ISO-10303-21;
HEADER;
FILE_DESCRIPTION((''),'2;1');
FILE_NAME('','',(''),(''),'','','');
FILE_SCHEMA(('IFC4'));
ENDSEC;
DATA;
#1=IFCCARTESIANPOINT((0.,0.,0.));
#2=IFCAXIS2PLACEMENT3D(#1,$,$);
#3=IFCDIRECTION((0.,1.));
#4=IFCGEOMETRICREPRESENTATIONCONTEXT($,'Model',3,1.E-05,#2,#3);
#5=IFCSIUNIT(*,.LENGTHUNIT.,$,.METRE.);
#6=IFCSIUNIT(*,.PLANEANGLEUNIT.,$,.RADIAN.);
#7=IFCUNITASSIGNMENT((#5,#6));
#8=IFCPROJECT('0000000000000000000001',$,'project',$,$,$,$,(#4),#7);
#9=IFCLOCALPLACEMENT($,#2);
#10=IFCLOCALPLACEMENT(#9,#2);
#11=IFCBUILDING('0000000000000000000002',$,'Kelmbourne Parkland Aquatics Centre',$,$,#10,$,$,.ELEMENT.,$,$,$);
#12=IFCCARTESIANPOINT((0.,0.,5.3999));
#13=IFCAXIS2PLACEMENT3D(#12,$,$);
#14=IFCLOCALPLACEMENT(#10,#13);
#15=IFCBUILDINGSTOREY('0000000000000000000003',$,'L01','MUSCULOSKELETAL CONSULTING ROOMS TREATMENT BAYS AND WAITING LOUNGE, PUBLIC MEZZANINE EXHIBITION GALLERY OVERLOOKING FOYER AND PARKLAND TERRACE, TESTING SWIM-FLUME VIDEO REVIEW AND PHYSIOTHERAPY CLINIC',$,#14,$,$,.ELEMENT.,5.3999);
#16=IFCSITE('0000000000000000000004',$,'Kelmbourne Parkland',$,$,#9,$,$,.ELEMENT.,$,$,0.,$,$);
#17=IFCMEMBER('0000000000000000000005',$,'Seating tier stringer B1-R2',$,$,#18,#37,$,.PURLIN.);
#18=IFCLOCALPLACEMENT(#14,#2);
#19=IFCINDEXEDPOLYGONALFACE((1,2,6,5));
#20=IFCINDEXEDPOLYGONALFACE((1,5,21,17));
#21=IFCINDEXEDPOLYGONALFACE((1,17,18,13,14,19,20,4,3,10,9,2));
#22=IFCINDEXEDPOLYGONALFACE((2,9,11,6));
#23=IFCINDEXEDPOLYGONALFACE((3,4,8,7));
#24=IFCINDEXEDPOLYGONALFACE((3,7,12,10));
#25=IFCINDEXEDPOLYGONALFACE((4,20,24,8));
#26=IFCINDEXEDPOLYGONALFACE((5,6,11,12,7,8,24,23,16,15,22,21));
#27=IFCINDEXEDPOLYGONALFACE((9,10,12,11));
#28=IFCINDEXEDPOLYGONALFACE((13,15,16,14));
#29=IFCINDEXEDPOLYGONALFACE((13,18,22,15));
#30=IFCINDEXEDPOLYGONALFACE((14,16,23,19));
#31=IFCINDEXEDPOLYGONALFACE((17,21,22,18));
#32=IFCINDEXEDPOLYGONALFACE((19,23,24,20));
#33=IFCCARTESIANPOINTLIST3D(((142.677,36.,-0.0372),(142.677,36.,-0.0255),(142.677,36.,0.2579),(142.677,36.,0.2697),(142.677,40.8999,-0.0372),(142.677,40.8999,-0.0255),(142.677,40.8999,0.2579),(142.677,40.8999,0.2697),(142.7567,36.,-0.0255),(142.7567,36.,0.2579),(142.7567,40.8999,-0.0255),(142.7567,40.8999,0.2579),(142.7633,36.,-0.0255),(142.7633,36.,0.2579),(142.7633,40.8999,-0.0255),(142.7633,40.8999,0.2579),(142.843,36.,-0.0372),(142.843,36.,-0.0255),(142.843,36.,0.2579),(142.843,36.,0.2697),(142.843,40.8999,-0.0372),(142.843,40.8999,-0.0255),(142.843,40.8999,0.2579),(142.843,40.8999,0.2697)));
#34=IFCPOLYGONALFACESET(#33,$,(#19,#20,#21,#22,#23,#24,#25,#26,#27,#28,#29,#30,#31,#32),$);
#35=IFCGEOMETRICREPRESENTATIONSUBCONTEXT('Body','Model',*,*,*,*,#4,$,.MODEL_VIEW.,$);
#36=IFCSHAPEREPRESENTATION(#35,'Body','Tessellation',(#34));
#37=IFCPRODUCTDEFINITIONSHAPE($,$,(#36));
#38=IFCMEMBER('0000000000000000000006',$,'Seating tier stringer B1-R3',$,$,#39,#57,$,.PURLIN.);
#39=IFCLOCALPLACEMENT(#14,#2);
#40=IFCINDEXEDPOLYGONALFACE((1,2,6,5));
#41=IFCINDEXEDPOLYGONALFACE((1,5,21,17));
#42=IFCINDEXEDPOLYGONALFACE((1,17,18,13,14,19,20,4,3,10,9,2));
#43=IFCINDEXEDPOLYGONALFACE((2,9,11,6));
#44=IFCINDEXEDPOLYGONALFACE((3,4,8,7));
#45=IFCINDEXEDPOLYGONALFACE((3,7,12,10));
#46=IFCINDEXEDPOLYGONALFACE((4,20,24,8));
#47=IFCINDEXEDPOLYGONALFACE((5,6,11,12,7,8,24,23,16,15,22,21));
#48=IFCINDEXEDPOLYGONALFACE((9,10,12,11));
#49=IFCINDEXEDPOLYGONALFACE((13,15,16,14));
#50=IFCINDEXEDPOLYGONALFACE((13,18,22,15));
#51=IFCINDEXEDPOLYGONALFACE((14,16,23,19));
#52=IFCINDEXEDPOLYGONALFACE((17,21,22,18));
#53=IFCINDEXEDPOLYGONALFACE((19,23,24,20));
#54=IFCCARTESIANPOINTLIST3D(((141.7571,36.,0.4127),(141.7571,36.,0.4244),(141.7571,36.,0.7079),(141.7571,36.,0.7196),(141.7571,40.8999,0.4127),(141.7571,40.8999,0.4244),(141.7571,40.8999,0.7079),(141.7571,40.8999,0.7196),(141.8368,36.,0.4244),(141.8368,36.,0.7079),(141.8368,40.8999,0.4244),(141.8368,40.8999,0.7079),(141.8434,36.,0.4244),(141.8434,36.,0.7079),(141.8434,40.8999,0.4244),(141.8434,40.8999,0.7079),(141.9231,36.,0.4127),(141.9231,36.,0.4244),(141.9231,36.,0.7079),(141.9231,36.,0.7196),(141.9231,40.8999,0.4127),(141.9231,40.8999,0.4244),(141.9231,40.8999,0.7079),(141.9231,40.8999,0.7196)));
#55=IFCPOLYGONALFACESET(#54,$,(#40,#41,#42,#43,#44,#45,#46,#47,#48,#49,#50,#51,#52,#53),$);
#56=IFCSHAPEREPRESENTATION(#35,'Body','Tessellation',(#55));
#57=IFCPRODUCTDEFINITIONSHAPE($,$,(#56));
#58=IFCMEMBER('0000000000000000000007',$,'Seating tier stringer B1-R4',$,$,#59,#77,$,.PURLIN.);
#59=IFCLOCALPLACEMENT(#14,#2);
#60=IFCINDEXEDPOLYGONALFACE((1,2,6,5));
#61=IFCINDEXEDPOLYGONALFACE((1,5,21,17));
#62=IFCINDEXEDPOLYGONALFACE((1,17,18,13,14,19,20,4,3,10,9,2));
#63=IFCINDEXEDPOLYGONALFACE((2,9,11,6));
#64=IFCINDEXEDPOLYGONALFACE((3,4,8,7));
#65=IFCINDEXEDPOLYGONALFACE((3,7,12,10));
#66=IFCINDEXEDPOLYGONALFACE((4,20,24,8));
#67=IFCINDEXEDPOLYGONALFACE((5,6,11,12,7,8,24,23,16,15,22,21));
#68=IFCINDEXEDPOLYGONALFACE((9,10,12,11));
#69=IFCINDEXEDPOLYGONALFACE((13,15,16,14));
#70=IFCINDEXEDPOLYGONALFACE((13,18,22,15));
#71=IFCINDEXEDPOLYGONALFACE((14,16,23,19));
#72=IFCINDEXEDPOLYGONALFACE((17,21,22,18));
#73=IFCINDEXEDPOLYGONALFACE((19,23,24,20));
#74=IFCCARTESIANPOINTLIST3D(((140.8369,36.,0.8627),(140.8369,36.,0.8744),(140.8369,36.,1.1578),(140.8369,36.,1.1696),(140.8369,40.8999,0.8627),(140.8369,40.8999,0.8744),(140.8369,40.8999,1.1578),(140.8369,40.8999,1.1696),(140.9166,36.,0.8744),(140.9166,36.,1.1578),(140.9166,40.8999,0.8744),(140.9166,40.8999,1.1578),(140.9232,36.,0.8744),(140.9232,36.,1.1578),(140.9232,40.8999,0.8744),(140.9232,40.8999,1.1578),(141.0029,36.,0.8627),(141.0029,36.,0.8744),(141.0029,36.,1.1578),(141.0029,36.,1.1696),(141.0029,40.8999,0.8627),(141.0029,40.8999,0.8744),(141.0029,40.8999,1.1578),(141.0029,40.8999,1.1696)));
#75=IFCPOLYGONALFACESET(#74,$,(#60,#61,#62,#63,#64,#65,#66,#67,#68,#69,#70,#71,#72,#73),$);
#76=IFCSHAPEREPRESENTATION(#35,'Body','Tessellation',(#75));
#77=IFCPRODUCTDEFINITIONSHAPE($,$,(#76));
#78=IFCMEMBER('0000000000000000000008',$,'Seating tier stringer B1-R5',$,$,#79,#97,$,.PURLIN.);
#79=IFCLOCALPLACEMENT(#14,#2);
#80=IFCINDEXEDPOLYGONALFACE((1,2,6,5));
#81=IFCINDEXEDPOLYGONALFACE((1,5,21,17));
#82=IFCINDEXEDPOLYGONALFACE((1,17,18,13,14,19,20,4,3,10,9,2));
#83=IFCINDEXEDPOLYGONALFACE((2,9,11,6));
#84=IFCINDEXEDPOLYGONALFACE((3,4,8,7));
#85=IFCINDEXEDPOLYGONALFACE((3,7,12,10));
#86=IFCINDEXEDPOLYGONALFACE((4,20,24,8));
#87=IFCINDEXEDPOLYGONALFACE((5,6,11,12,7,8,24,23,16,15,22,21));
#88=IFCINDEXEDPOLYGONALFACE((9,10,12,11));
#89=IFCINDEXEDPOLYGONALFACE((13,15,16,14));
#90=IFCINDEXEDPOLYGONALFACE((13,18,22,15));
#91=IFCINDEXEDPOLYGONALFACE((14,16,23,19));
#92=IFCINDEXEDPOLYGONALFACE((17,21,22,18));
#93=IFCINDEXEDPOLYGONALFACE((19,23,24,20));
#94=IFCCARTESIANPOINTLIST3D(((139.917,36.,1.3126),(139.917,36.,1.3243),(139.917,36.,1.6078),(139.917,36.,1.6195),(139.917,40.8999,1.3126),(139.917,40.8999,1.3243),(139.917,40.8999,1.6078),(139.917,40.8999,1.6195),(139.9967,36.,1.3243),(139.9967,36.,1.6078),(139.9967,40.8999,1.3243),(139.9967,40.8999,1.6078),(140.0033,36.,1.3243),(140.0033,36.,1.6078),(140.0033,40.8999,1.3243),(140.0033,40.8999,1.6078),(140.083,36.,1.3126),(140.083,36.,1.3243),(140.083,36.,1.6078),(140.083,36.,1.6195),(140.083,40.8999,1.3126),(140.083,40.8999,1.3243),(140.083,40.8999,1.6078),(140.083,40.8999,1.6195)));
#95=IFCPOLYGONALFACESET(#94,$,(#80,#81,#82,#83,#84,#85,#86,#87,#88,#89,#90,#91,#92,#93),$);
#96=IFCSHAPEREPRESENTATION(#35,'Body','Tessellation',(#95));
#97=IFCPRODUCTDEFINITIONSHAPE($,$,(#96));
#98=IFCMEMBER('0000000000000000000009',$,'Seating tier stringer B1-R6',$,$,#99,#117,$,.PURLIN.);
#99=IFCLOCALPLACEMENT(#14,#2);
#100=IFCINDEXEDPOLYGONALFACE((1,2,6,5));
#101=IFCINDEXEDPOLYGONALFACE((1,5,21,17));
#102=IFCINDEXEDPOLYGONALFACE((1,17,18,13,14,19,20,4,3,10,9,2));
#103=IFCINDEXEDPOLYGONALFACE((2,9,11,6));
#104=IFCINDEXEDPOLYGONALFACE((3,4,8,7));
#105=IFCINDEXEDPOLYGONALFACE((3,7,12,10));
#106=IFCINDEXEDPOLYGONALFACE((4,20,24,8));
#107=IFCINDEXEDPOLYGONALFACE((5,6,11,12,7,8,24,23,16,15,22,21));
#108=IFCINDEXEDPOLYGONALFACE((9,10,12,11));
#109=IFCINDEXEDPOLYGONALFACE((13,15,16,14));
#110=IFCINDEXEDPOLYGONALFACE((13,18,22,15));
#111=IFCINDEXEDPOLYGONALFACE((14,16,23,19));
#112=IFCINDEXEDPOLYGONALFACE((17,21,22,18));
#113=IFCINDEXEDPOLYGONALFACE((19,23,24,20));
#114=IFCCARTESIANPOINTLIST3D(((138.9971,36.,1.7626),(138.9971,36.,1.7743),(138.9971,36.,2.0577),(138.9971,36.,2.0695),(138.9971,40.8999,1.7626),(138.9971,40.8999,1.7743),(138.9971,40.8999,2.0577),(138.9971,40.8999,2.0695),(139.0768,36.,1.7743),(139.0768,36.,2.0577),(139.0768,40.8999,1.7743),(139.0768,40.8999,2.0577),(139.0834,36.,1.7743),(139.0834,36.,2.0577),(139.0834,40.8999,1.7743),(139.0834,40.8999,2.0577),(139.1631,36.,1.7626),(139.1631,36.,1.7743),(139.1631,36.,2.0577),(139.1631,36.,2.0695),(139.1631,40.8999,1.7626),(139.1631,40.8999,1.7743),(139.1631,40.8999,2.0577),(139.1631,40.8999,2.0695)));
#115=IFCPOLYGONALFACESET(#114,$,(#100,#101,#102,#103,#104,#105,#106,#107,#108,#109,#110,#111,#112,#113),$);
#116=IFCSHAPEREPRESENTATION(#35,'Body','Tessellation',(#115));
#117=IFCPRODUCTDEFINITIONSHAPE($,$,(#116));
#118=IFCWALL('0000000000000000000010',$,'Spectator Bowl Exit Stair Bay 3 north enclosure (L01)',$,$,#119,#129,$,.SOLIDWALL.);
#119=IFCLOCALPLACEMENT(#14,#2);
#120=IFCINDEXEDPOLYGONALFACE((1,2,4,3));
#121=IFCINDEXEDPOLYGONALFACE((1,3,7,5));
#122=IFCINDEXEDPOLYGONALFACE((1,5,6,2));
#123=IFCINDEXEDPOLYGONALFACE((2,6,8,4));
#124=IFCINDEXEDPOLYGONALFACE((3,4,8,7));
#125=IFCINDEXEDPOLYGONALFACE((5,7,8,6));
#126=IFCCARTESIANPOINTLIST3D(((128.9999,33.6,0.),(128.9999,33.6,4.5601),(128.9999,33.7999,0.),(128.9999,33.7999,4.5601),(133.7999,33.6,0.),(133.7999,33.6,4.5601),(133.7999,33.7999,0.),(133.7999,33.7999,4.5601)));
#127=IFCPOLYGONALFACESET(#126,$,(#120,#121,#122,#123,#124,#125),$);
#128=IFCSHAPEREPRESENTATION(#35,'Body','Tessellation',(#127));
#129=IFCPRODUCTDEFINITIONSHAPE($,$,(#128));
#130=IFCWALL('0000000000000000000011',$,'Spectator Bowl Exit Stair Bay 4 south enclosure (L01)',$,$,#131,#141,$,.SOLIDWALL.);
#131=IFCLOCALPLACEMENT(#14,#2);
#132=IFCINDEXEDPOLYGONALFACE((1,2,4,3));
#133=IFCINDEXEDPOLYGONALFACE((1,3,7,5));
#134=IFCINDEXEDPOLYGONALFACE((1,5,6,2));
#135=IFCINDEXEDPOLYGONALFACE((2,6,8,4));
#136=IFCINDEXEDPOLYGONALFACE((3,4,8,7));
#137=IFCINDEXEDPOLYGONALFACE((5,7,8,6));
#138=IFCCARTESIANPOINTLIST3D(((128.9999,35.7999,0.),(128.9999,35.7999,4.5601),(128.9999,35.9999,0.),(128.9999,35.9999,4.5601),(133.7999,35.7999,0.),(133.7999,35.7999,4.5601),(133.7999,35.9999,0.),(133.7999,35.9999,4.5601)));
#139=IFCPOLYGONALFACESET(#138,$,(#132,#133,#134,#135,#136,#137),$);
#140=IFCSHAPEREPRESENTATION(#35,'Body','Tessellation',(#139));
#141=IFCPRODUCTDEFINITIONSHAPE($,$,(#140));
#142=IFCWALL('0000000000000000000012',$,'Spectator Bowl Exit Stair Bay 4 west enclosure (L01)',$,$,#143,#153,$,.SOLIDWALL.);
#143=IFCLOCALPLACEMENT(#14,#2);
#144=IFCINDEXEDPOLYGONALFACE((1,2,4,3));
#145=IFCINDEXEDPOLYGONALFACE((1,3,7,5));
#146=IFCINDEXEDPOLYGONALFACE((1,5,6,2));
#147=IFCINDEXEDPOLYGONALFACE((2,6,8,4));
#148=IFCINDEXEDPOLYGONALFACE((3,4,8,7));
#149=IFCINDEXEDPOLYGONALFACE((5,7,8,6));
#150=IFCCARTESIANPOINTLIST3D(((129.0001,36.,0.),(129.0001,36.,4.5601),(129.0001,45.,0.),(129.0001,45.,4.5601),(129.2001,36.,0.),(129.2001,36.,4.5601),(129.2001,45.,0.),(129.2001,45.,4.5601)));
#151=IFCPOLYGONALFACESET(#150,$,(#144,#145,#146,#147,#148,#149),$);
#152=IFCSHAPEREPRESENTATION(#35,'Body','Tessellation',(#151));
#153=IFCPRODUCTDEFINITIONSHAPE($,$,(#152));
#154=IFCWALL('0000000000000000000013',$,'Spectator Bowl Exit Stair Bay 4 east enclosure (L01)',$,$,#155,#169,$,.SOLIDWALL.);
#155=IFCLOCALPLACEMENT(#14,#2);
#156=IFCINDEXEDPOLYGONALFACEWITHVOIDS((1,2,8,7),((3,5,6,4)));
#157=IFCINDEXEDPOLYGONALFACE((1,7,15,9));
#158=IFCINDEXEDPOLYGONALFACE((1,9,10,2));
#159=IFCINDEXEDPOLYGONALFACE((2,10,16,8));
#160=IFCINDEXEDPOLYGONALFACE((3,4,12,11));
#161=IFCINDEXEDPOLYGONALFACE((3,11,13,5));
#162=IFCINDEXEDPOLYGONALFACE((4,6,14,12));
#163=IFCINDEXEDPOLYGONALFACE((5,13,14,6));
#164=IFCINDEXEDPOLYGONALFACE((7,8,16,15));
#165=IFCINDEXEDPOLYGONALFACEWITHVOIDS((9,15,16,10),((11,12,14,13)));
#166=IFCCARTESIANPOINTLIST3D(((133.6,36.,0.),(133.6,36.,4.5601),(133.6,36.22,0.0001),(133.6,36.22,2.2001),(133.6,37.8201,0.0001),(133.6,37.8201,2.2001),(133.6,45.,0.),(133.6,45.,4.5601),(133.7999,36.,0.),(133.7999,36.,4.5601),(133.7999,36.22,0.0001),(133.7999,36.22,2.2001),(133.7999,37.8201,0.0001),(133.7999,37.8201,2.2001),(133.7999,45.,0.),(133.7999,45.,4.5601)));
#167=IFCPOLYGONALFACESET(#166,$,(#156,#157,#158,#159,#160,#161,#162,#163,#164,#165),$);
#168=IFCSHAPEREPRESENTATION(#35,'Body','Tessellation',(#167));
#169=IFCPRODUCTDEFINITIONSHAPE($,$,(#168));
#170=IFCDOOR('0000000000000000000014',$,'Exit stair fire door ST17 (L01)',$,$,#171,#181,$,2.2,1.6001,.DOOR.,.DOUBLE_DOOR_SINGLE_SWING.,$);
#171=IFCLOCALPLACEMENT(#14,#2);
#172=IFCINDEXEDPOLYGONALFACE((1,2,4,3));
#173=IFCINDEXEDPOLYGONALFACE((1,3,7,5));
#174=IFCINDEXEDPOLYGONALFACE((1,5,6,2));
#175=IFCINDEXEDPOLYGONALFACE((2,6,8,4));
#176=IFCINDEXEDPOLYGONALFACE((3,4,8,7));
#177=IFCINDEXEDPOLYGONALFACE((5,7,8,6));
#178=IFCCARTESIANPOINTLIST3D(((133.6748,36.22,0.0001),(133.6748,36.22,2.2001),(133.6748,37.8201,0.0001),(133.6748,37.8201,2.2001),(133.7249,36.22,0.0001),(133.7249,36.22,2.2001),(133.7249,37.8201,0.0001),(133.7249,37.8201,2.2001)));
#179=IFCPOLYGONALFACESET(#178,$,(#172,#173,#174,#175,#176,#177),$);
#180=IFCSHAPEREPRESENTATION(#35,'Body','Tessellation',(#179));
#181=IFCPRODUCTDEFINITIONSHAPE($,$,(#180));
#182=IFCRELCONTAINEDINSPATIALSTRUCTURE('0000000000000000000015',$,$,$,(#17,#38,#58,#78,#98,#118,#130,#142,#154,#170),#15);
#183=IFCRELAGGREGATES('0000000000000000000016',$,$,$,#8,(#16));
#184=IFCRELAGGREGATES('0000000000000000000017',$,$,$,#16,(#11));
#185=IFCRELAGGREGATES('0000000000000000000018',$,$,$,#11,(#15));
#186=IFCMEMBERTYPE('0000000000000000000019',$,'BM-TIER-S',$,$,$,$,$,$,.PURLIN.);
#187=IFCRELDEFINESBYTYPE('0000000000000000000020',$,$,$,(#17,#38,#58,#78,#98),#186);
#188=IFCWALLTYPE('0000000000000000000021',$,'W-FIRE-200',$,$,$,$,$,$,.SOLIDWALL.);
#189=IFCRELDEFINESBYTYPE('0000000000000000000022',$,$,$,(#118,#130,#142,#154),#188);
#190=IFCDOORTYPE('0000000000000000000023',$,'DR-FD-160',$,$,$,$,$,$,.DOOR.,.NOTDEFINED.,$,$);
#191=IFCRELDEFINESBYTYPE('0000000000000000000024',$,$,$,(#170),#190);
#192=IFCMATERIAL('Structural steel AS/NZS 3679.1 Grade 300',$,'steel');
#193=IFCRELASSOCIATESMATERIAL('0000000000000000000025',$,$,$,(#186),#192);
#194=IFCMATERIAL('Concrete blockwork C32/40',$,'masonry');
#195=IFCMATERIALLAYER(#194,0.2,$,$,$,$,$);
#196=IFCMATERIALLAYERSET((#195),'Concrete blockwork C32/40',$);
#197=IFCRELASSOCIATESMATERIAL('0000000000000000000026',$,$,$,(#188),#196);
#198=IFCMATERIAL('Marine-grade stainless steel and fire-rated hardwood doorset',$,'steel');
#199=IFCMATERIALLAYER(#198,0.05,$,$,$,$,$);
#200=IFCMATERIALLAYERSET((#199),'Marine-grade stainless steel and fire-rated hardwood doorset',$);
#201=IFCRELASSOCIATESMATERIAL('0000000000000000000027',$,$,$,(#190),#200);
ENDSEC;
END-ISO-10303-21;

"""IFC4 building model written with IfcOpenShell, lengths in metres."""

from ifc_helpers import new_model, si_unit, direction, frame, frame_2d, origin, origin_2d, place, context, subcontext, project, spatial, rectangle, i_section, extrude, material, layer, layer_set, material_profile, profile_set, type_object, element, fill, save


model = new_model("IFC4")

# Units and contexts
model_context = context("Model", 3, precision=1e-05, world=origin(), true_north=direction((0.0, 1.0)))
body_context = subcontext(model_context, "Body", "Model", "MODEL_VIEW")
ifc_project = project(units=[si_unit("LENGTHUNIT", "METRE"), si_unit("PLANEANGLEUNIT", "RADIAN")], contexts=[model_context])

# Site, building, storey
site_placement = place(None, origin())
site = spatial("IfcSite", under=ifc_project, at=site_placement, Name="Kelmbourne Parkland", CompositionType="ELEMENT", RefElevation=0.0)
building_placement = place(site_placement, origin())
building = spatial("IfcBuilding", under=site, at=building_placement, Name="Kelmbourne Parkland Aquatics Centre", CompositionType="ELEMENT")
storey_placement = place(building_placement, frame((0.0, 0.0, 5.3999)))
storey = spatial("IfcBuildingStorey", under=building, at=storey_placement, Name="L01", Description="MUSCULOSKELETAL CONSULTING ROOMS TREATMENT BAYS AND WAITING LOUNGE, PUBLIC MEZZANINE EXHIBITION GALLERY OVERLOOKING FOYER AND PARKLAND TERRACE, TESTING SWIM-FLUME VIDEO REVIEW AND PHYSIOTHERAPY CLINIC", CompositionType="ELEMENT", Elevation=5.3999)

# Shared definitions
ifc_material_1 = material(Name="Structural steel AS/NZS 3679.1 Grade 300", Category="steel")

# Members
ifc_material_profile_1 = material_profile(ifc_material_1, i_section(OverallWidth=0.166, OverallDepth=0.3069, WebThickness=0.0066, FlangeThickness=0.0117, at=origin_2d()), Name="310UB46.2")
ifc_profile_set_1 = profile_set([ifc_material_profile_1], Name="Structural steel AS/NZS 3679.1 Grade 300")
member_type = type_object("IfcMemberType", Name="BM-TIER-S", PredefinedType="PURLIN", material=ifc_profile_set_1)
for number, where, z_axis, x_axis, name in (
    (1, (142.76, 36.0, 0.1162), (0.0, 1.0, 0.0), (-1.0, 0.0, 0.0), "Seating tier stringer B1-R2"),
    (2, (141.8401, 36.0, 0.5662), (0.0, 1.0, 0.0), (-1.0, 0.0, 0.0), "Seating tier stringer B1-R3"),
    (3, (140.9199, 36.0, 1.0161), (0.0, 1.0, 0.0), (-1.0, 0.0, 0.0), "Seating tier stringer B1-R4"),
    (4, (140.0, 36.0, 1.4661), (0.0, 1.0, 0.0), (-1.0, 0.0, 0.0), "Seating tier stringer B1-R5"),
    (5, (139.0801, 36.0, 1.916), (0.0, 1.0, 0.0), (-1.0, 0.0, 0.0), "Seating tier stringer B1-R6"),
):
    element("IfcMember", number, at=place(storey_placement, frame(where, z_axis=z_axis, x_axis=x_axis)), inside=storey, type_object=member_type, Name=name, PredefinedType="PURLIN", context=body_context, shape_type="SweptSolid", body=[
        extrude(i_section(OverallWidth=0.166, OverallDepth=0.3069, WebThickness=0.0066, FlangeThickness=0.0117, at=origin_2d()), origin(), (0.0, 0.0, 1.0), 4.8999),
    ])

# Walls
ifc_material_2 = material(Name="Concrete blockwork C32/40", Category="masonry")
ifc_layer_1 = layer(ifc_material_2, 0.2)
ifc_layer_set_1 = layer_set([ifc_layer_1], Name="Concrete blockwork C32/40")
wall_type = type_object("IfcWallType", Name="W-FIRE-200", PredefinedType="SOLIDWALL", material=ifc_layer_set_1)
for number, where, z_axis, x_axis, name in (
    (6, (129.0, 33.7, 0.0), (0.0, 0.0, 1.0), (1.0, 0.0, 0.0), "Spectator Bowl Exit Stair Bay 3 north enclosure (L01)"),
    (7, (129.0, 35.8999, 0.0), (0.0, 0.0, 1.0), (1.0, 0.0, 0.0), "Spectator Bowl Exit Stair Bay 4 south enclosure (L01)"),
):
    element("IfcWall", number, at=place(storey_placement, frame(where, z_axis=z_axis, x_axis=x_axis)), inside=storey, type_object=wall_type, Name=name, PredefinedType="SOLIDWALL", context=body_context, shape_type="SweptSolid", body=[
        extrude(rectangle(XDim=4.8, YDim=0.2, at=frame_2d((2.3999, 0.0))), origin(), (0.0, 0.0, 1.0), 4.5601),
    ])
wall_1_placement = place(storey_placement, frame((129.1001, 36.0, 0.0), z_axis=(0.0, 0.0, 1.0), x_axis=(0.0, 1.0, 0.0)))
element("IfcWall", 8, at=wall_1_placement, inside=storey, type_object=wall_type, Name="Spectator Bowl Exit Stair Bay 4 west enclosure (L01)", PredefinedType="SOLIDWALL", context=body_context, shape_type="SweptSolid", body=[
    extrude(rectangle(XDim=9.0, YDim=0.2, at=frame_2d((4.5, 0.0))), origin(), (0.0, 0.0, 1.0), 4.5601),
])

# Wall, opening, door
wall_2_placement = place(storey_placement, frame((133.7, 36.0, 0.0), z_axis=(0.0, 0.0, 1.0), x_axis=(0.0, 1.0, 0.0)))
wall_2 = element("IfcWall", 9, at=wall_2_placement, inside=storey, type_object=wall_type, Name="Spectator Bowl Exit Stair Bay 4 east enclosure (L01)", PredefinedType="SOLIDWALL", context=body_context, shape_type="SweptSolid", body=[
    extrude(rectangle(XDim=9.0, YDim=0.2, at=frame_2d((4.5, 0.0))), origin(), (0.0, 0.0, 1.0), 4.5601),
])
opening_placement = place(wall_2_placement, frame((0.22, 0.0, 0.0)))
opening = element("IfcOpeningElement", 10, at=opening_placement, cuts=wall_2, PredefinedType="OPENING", context=body_context, shape_type="SweptSolid", body=[
    extrude(rectangle(XDim=1.6001, YDim=2.2, at=frame_2d((0.8, 1.1001))), frame((0.0, 0.1118, 0.0), z_axis=(0.0, -1.0, 0.0), x_axis=(1.0, 0.0, 0.0)), (0.0, 0.0, 1.0), 0.2239),
])
ifc_material_3 = material(Name="Marine-grade stainless steel and fire-rated hardwood doorset", Category="steel")
ifc_layer_2 = layer(ifc_material_3, 0.05)
ifc_layer_set_2 = layer_set([ifc_layer_2], Name="Marine-grade stainless steel and fire-rated hardwood doorset")
door_type = type_object("IfcDoorType", Name="DR-FD-160", OperationType="NOTDEFINED", PredefinedType="DOOR", material=ifc_layer_set_2)
door_placement = place(opening_placement, frame((1.6001, 0.0, 0.0), z_axis=(0.0, 0.0, 1.0), x_axis=(-1.0, 0.0, 0.0)))
door = element("IfcDoor", 11, at=door_placement, inside=storey, type_object=door_type, Name="Exit stair fire door ST17 (L01)", OperationType="DOUBLE_DOOR_SINGLE_SWING", OverallHeight=2.2, OverallWidth=1.6001, PredefinedType="DOOR", context=body_context, shape_type="SweptSolid", body=[
    extrude(rectangle(XDim=1.6001, YDim=2.2, at=frame_2d((0.8, 1.1001))), frame((0.0, 0.0249, 0.0), z_axis=(0.0, -1.0, 0.0), x_axis=(1.0, 0.0, 0.0)), (0.0, 0.0, 1.0), 0.05),
])
fill(opening, door)

save(model, "model.ifc")
